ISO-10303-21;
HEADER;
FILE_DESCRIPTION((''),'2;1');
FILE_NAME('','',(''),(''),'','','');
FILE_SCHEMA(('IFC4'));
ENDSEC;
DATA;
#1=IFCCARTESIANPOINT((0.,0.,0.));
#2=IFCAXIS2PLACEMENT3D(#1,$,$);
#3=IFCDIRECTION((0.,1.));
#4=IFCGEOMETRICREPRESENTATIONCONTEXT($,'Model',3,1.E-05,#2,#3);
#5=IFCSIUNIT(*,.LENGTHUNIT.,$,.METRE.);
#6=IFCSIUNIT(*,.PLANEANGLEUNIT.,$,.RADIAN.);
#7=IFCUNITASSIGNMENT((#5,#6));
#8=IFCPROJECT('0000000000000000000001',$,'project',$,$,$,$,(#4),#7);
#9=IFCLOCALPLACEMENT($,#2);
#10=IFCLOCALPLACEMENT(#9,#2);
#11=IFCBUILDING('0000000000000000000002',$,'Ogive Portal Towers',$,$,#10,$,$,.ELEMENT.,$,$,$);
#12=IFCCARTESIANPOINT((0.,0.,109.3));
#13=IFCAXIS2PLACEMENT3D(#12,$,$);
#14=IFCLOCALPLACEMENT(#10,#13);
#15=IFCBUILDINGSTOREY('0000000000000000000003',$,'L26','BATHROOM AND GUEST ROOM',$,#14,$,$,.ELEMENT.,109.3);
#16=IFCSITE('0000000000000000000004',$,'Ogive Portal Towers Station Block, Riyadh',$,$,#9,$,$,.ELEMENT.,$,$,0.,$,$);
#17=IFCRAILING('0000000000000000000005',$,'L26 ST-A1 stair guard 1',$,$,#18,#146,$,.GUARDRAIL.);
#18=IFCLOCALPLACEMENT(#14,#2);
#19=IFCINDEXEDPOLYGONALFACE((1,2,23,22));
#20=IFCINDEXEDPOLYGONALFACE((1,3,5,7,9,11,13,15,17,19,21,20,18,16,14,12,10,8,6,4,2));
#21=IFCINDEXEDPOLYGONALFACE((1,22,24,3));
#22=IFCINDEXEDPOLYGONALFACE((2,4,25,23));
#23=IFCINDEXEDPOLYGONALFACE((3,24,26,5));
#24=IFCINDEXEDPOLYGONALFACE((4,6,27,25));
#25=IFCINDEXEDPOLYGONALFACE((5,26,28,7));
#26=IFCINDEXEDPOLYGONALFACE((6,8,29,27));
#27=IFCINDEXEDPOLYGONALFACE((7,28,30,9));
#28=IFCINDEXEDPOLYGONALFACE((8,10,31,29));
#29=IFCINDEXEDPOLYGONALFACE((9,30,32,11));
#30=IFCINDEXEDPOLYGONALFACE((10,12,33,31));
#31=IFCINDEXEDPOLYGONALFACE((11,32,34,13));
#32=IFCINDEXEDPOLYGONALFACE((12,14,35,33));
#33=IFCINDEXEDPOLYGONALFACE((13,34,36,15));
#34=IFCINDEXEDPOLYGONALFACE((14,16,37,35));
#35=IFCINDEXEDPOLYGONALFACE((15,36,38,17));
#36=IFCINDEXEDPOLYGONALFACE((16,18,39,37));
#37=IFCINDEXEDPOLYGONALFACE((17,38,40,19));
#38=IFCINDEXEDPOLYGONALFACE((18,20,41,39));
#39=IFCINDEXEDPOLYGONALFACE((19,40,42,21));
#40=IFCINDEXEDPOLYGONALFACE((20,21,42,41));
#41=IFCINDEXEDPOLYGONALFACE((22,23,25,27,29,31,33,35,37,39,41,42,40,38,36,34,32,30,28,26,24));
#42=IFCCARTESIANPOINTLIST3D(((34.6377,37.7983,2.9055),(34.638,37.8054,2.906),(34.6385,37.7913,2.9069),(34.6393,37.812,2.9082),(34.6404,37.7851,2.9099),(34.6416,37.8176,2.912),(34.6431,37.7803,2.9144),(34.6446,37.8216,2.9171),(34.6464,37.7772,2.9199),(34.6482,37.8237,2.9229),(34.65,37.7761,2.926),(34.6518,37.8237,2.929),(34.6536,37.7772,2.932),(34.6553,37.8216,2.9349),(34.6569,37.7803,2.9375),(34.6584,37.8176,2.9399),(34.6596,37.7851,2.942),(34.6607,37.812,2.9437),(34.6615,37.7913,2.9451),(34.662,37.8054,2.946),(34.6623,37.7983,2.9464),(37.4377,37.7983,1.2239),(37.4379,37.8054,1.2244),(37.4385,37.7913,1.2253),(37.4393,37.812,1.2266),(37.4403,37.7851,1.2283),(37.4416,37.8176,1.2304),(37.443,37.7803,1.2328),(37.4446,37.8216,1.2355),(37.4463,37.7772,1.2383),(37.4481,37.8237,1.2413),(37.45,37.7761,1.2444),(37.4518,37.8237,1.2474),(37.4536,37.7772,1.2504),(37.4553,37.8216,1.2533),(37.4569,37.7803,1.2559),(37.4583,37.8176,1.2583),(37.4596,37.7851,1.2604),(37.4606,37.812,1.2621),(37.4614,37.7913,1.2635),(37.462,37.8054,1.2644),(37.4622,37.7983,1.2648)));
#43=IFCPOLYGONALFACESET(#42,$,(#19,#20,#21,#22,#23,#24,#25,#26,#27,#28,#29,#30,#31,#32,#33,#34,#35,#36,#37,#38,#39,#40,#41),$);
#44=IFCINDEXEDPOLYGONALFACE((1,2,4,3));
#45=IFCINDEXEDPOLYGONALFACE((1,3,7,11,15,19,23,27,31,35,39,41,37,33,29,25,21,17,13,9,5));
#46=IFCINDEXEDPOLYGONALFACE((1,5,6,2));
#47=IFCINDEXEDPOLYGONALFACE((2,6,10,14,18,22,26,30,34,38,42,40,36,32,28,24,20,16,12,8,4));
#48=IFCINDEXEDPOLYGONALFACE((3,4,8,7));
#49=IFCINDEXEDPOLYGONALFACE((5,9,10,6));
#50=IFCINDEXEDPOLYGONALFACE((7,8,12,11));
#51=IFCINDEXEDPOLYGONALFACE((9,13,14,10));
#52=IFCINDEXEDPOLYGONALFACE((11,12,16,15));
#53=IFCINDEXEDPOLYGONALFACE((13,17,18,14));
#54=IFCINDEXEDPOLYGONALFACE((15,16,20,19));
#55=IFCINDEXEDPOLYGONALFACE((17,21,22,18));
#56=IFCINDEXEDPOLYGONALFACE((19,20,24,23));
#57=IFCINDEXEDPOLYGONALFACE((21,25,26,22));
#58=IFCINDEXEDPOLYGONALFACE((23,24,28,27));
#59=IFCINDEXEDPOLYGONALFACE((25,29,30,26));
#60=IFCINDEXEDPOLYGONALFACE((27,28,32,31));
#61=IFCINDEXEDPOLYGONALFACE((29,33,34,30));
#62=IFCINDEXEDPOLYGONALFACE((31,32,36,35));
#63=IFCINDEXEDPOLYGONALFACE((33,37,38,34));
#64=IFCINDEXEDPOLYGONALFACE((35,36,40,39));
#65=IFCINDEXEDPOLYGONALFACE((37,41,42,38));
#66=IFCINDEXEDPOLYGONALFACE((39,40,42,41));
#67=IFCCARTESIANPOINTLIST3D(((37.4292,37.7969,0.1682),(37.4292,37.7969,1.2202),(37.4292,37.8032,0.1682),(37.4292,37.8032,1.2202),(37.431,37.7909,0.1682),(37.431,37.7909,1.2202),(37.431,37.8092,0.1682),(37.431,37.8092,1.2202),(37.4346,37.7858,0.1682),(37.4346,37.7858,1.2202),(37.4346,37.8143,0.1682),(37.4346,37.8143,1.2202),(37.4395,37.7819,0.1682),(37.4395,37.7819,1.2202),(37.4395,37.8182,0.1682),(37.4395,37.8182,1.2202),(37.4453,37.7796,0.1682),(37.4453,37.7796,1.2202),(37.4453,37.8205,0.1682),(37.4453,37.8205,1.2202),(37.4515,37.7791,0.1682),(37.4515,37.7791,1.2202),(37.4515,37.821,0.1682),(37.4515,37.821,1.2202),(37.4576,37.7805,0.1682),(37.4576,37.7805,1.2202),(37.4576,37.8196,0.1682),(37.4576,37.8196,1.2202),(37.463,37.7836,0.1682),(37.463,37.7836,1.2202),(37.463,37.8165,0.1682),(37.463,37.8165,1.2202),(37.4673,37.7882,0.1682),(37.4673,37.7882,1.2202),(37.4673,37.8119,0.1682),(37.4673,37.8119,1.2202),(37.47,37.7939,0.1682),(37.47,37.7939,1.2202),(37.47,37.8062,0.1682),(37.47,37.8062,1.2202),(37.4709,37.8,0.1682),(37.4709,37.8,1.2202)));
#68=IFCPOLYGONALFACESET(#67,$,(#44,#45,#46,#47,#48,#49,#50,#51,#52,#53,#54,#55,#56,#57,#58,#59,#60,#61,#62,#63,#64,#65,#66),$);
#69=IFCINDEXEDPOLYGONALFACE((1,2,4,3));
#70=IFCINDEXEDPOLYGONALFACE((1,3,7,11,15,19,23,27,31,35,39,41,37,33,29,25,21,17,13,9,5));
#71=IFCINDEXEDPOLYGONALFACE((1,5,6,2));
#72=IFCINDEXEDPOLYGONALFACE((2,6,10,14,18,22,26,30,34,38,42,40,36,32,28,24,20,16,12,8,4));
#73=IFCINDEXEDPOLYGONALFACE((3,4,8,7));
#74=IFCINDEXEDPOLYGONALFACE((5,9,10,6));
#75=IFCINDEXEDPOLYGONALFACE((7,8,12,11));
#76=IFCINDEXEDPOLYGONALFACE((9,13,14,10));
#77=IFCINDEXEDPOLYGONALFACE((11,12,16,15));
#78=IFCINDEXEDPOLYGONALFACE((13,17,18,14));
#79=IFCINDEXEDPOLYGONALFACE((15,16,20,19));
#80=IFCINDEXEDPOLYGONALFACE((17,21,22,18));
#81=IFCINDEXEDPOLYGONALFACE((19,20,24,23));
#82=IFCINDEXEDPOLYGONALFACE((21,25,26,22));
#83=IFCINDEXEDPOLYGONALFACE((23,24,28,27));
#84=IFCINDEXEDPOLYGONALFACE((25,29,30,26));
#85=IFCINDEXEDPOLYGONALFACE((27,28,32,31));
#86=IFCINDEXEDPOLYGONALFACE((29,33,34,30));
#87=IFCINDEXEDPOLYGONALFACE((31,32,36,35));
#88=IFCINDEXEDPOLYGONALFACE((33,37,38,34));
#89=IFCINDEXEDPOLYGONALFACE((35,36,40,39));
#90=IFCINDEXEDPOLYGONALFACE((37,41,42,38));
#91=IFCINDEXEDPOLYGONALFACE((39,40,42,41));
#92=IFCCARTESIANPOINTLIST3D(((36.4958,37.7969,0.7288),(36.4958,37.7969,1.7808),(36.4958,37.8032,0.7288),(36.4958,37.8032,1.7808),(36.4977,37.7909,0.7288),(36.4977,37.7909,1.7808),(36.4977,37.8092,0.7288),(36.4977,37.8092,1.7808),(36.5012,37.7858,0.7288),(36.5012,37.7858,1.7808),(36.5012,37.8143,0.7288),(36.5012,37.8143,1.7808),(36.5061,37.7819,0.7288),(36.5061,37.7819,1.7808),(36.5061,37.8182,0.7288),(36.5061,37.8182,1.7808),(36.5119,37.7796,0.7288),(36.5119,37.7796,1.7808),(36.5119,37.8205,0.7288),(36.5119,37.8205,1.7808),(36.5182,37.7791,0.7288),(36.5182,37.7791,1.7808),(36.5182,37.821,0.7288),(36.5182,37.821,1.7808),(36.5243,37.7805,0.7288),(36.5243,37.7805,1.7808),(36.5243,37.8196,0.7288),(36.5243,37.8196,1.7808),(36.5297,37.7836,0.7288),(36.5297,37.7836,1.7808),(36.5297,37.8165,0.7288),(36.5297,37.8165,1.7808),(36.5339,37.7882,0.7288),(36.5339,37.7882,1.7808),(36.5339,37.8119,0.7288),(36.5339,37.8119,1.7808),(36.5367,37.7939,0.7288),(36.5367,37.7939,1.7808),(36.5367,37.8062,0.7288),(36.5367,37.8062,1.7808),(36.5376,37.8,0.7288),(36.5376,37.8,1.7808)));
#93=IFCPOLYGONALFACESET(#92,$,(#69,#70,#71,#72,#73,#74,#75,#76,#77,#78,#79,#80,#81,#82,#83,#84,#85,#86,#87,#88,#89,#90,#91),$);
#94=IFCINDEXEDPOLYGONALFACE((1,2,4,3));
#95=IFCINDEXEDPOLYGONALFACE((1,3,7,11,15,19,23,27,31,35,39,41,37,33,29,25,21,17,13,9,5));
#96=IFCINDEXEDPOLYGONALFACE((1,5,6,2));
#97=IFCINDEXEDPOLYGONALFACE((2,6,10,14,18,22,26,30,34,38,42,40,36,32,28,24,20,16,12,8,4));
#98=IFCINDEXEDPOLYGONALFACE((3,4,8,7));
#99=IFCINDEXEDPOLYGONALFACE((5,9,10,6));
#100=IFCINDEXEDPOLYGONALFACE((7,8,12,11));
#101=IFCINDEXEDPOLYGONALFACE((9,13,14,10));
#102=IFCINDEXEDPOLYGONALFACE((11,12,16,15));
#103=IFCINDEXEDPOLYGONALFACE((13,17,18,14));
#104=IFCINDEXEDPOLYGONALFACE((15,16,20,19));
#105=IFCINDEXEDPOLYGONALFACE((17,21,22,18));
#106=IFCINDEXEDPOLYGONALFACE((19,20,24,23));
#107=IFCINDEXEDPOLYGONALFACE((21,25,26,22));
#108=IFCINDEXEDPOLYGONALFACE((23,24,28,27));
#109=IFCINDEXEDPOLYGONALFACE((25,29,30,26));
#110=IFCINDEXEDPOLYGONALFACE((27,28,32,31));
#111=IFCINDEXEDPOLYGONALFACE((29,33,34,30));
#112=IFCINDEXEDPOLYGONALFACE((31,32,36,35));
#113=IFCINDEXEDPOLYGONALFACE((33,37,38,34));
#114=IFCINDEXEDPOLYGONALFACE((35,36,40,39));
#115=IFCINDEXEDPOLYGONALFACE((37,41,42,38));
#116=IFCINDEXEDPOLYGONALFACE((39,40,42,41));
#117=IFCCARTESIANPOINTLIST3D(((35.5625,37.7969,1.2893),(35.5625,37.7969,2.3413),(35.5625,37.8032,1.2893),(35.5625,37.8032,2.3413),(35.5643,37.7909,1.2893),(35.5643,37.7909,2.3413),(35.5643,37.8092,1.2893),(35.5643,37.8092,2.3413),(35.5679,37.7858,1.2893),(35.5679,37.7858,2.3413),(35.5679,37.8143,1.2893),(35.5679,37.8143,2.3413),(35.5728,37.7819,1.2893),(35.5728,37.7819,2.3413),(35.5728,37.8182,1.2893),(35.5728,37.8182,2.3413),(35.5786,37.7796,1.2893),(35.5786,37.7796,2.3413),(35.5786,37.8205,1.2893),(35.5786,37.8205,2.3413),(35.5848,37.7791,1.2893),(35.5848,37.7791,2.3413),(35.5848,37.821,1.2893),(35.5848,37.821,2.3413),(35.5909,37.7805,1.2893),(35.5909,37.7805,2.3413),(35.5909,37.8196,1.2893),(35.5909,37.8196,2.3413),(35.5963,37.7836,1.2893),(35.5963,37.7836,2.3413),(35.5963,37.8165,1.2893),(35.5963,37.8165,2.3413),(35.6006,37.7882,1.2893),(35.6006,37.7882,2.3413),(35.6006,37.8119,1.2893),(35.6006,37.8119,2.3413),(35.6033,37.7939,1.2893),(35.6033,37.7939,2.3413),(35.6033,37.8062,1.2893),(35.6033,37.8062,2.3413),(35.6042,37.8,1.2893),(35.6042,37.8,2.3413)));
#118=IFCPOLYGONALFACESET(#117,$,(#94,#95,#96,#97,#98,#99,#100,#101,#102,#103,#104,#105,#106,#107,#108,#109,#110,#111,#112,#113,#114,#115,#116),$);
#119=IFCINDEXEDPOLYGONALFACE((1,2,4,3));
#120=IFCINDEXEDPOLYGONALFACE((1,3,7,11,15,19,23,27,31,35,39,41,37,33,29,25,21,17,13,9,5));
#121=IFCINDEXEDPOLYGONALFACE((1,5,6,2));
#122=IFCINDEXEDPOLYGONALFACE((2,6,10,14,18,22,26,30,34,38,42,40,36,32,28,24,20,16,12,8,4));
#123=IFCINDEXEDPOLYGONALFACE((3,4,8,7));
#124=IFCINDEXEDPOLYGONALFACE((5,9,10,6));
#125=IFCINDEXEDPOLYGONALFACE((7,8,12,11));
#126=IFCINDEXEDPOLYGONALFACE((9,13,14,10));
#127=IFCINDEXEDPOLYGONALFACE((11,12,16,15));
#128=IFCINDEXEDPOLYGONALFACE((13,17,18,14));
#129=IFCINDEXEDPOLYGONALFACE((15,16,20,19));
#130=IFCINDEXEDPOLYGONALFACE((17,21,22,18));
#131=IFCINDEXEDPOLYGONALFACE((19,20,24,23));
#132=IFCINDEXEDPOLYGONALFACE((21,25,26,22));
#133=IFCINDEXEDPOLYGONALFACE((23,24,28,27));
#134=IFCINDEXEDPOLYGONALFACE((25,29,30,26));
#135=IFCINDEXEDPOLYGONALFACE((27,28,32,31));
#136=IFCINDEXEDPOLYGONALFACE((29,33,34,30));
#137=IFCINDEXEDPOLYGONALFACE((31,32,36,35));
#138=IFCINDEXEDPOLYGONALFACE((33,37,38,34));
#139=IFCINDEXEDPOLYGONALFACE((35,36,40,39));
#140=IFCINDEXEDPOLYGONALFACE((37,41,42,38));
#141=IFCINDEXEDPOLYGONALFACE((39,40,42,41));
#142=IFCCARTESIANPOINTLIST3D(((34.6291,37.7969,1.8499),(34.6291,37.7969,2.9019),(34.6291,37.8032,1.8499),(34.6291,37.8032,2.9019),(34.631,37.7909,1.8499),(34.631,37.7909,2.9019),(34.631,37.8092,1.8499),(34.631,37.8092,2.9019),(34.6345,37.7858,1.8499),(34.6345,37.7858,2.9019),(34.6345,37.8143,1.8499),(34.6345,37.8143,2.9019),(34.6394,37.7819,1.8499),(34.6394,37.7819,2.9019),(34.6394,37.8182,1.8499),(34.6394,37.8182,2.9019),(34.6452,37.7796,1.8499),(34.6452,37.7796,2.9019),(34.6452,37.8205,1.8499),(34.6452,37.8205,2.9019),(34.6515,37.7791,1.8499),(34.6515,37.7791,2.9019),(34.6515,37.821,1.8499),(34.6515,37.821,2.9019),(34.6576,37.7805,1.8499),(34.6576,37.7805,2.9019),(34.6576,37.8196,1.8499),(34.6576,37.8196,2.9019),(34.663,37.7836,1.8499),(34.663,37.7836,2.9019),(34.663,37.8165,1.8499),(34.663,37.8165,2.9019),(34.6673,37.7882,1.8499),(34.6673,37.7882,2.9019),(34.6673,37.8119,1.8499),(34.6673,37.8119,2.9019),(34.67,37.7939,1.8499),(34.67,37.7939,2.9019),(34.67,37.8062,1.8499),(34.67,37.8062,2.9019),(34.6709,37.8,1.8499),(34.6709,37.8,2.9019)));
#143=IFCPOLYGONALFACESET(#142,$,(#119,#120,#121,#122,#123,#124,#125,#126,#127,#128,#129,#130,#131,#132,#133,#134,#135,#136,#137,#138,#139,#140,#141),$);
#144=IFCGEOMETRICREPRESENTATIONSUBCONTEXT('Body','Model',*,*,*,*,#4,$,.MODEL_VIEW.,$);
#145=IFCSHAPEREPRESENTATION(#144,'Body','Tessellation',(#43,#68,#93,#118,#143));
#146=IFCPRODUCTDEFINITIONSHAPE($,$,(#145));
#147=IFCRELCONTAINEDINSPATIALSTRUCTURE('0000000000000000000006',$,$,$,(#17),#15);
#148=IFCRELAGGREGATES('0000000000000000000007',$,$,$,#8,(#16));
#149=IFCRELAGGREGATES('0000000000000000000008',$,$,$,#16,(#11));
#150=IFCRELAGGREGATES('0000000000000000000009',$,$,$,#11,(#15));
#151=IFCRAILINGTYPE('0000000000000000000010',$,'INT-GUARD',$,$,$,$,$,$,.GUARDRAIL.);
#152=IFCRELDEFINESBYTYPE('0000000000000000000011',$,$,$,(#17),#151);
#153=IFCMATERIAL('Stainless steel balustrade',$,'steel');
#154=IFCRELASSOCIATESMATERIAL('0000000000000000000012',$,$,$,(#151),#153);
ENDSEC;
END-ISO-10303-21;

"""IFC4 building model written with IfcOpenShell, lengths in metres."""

from ifc_helpers import new_model, si_unit, direction, frame, origin, origin_2d, place, context, subcontext, project, spatial, circle, extrude, material, type_object, element, save


model = new_model("IFC4")

# Units and contexts
model_context = context("Model", 3, precision=1e-05, world=origin(), true_north=direction((0.0, 1.0)))
body_context = subcontext(model_context, "Body", "Model", "MODEL_VIEW")
ifc_project = project(units=[si_unit("LENGTHUNIT", "METRE"), si_unit("PLANEANGLEUNIT", "RADIAN")], contexts=[model_context])

# Site, building, storey
site_placement = place(None, origin())
site = spatial("IfcSite", under=ifc_project, at=site_placement, Name="Ogive Portal Towers Station Block, Riyadh", CompositionType="ELEMENT", RefElevation=0.0)
building_placement = place(site_placement, origin())
building = spatial("IfcBuilding", under=site, at=building_placement, Name="Ogive Portal Towers", CompositionType="ELEMENT")
storey_placement = place(building_placement, frame((0.0, 0.0, 109.3)))
storey = spatial("IfcBuildingStorey", under=building, at=storey_placement, Name="L26", Description="BATHROOM AND GUEST ROOM", CompositionType="ELEMENT", Elevation=109.3)

# Railing
ifc_material_1 = material(Name="Stainless steel balustrade", Category="steel")
railing_type_1 = type_object("IfcRailingType", Name="INT-GUARD", PredefinedType="GUARDRAIL", material=ifc_material_1)
railing_1_placement = place(storey_placement, frame((37.45, 37.8, 0.1682)))
element("IfcRailing", 1, at=railing_1_placement, inside=storey, type_object=railing_type_1, Name="L26 ST-A1 stair guard 1", PredefinedType="GUARDRAIL", context=body_context, shape_type="SweptSolid", body=[
    extrude(circle(Radius=0.0239, at=origin_2d()), frame((0.0, 0.0, 1.0762), z_axis=(-0.857275, 0.0, 0.514858), x_axis=(0.0, -1.0, 0.0)), (0.0, 0.0, 1.0), 3.2661),
    extrude(circle(Radius=0.021, at=origin_2d()), origin(), (0.0, 0.0, 1.0), 1.052),
    extrude(circle(Radius=0.021, at=origin_2d()), frame((-0.9333, 0.0, 0.5605)), (0.0, 0.0, 1.0), 1.052),
    extrude(circle(Radius=0.021, at=origin_2d()), frame((-1.8667, 0.0, 1.1211)), (0.0, 0.0, 1.0), 1.052),
    extrude(circle(Radius=0.021, at=origin_2d()), frame((-2.8, 0.0, 1.6816)), (0.0, 0.0, 1.0), 1.052),
])

save(model, "model.ifc")
